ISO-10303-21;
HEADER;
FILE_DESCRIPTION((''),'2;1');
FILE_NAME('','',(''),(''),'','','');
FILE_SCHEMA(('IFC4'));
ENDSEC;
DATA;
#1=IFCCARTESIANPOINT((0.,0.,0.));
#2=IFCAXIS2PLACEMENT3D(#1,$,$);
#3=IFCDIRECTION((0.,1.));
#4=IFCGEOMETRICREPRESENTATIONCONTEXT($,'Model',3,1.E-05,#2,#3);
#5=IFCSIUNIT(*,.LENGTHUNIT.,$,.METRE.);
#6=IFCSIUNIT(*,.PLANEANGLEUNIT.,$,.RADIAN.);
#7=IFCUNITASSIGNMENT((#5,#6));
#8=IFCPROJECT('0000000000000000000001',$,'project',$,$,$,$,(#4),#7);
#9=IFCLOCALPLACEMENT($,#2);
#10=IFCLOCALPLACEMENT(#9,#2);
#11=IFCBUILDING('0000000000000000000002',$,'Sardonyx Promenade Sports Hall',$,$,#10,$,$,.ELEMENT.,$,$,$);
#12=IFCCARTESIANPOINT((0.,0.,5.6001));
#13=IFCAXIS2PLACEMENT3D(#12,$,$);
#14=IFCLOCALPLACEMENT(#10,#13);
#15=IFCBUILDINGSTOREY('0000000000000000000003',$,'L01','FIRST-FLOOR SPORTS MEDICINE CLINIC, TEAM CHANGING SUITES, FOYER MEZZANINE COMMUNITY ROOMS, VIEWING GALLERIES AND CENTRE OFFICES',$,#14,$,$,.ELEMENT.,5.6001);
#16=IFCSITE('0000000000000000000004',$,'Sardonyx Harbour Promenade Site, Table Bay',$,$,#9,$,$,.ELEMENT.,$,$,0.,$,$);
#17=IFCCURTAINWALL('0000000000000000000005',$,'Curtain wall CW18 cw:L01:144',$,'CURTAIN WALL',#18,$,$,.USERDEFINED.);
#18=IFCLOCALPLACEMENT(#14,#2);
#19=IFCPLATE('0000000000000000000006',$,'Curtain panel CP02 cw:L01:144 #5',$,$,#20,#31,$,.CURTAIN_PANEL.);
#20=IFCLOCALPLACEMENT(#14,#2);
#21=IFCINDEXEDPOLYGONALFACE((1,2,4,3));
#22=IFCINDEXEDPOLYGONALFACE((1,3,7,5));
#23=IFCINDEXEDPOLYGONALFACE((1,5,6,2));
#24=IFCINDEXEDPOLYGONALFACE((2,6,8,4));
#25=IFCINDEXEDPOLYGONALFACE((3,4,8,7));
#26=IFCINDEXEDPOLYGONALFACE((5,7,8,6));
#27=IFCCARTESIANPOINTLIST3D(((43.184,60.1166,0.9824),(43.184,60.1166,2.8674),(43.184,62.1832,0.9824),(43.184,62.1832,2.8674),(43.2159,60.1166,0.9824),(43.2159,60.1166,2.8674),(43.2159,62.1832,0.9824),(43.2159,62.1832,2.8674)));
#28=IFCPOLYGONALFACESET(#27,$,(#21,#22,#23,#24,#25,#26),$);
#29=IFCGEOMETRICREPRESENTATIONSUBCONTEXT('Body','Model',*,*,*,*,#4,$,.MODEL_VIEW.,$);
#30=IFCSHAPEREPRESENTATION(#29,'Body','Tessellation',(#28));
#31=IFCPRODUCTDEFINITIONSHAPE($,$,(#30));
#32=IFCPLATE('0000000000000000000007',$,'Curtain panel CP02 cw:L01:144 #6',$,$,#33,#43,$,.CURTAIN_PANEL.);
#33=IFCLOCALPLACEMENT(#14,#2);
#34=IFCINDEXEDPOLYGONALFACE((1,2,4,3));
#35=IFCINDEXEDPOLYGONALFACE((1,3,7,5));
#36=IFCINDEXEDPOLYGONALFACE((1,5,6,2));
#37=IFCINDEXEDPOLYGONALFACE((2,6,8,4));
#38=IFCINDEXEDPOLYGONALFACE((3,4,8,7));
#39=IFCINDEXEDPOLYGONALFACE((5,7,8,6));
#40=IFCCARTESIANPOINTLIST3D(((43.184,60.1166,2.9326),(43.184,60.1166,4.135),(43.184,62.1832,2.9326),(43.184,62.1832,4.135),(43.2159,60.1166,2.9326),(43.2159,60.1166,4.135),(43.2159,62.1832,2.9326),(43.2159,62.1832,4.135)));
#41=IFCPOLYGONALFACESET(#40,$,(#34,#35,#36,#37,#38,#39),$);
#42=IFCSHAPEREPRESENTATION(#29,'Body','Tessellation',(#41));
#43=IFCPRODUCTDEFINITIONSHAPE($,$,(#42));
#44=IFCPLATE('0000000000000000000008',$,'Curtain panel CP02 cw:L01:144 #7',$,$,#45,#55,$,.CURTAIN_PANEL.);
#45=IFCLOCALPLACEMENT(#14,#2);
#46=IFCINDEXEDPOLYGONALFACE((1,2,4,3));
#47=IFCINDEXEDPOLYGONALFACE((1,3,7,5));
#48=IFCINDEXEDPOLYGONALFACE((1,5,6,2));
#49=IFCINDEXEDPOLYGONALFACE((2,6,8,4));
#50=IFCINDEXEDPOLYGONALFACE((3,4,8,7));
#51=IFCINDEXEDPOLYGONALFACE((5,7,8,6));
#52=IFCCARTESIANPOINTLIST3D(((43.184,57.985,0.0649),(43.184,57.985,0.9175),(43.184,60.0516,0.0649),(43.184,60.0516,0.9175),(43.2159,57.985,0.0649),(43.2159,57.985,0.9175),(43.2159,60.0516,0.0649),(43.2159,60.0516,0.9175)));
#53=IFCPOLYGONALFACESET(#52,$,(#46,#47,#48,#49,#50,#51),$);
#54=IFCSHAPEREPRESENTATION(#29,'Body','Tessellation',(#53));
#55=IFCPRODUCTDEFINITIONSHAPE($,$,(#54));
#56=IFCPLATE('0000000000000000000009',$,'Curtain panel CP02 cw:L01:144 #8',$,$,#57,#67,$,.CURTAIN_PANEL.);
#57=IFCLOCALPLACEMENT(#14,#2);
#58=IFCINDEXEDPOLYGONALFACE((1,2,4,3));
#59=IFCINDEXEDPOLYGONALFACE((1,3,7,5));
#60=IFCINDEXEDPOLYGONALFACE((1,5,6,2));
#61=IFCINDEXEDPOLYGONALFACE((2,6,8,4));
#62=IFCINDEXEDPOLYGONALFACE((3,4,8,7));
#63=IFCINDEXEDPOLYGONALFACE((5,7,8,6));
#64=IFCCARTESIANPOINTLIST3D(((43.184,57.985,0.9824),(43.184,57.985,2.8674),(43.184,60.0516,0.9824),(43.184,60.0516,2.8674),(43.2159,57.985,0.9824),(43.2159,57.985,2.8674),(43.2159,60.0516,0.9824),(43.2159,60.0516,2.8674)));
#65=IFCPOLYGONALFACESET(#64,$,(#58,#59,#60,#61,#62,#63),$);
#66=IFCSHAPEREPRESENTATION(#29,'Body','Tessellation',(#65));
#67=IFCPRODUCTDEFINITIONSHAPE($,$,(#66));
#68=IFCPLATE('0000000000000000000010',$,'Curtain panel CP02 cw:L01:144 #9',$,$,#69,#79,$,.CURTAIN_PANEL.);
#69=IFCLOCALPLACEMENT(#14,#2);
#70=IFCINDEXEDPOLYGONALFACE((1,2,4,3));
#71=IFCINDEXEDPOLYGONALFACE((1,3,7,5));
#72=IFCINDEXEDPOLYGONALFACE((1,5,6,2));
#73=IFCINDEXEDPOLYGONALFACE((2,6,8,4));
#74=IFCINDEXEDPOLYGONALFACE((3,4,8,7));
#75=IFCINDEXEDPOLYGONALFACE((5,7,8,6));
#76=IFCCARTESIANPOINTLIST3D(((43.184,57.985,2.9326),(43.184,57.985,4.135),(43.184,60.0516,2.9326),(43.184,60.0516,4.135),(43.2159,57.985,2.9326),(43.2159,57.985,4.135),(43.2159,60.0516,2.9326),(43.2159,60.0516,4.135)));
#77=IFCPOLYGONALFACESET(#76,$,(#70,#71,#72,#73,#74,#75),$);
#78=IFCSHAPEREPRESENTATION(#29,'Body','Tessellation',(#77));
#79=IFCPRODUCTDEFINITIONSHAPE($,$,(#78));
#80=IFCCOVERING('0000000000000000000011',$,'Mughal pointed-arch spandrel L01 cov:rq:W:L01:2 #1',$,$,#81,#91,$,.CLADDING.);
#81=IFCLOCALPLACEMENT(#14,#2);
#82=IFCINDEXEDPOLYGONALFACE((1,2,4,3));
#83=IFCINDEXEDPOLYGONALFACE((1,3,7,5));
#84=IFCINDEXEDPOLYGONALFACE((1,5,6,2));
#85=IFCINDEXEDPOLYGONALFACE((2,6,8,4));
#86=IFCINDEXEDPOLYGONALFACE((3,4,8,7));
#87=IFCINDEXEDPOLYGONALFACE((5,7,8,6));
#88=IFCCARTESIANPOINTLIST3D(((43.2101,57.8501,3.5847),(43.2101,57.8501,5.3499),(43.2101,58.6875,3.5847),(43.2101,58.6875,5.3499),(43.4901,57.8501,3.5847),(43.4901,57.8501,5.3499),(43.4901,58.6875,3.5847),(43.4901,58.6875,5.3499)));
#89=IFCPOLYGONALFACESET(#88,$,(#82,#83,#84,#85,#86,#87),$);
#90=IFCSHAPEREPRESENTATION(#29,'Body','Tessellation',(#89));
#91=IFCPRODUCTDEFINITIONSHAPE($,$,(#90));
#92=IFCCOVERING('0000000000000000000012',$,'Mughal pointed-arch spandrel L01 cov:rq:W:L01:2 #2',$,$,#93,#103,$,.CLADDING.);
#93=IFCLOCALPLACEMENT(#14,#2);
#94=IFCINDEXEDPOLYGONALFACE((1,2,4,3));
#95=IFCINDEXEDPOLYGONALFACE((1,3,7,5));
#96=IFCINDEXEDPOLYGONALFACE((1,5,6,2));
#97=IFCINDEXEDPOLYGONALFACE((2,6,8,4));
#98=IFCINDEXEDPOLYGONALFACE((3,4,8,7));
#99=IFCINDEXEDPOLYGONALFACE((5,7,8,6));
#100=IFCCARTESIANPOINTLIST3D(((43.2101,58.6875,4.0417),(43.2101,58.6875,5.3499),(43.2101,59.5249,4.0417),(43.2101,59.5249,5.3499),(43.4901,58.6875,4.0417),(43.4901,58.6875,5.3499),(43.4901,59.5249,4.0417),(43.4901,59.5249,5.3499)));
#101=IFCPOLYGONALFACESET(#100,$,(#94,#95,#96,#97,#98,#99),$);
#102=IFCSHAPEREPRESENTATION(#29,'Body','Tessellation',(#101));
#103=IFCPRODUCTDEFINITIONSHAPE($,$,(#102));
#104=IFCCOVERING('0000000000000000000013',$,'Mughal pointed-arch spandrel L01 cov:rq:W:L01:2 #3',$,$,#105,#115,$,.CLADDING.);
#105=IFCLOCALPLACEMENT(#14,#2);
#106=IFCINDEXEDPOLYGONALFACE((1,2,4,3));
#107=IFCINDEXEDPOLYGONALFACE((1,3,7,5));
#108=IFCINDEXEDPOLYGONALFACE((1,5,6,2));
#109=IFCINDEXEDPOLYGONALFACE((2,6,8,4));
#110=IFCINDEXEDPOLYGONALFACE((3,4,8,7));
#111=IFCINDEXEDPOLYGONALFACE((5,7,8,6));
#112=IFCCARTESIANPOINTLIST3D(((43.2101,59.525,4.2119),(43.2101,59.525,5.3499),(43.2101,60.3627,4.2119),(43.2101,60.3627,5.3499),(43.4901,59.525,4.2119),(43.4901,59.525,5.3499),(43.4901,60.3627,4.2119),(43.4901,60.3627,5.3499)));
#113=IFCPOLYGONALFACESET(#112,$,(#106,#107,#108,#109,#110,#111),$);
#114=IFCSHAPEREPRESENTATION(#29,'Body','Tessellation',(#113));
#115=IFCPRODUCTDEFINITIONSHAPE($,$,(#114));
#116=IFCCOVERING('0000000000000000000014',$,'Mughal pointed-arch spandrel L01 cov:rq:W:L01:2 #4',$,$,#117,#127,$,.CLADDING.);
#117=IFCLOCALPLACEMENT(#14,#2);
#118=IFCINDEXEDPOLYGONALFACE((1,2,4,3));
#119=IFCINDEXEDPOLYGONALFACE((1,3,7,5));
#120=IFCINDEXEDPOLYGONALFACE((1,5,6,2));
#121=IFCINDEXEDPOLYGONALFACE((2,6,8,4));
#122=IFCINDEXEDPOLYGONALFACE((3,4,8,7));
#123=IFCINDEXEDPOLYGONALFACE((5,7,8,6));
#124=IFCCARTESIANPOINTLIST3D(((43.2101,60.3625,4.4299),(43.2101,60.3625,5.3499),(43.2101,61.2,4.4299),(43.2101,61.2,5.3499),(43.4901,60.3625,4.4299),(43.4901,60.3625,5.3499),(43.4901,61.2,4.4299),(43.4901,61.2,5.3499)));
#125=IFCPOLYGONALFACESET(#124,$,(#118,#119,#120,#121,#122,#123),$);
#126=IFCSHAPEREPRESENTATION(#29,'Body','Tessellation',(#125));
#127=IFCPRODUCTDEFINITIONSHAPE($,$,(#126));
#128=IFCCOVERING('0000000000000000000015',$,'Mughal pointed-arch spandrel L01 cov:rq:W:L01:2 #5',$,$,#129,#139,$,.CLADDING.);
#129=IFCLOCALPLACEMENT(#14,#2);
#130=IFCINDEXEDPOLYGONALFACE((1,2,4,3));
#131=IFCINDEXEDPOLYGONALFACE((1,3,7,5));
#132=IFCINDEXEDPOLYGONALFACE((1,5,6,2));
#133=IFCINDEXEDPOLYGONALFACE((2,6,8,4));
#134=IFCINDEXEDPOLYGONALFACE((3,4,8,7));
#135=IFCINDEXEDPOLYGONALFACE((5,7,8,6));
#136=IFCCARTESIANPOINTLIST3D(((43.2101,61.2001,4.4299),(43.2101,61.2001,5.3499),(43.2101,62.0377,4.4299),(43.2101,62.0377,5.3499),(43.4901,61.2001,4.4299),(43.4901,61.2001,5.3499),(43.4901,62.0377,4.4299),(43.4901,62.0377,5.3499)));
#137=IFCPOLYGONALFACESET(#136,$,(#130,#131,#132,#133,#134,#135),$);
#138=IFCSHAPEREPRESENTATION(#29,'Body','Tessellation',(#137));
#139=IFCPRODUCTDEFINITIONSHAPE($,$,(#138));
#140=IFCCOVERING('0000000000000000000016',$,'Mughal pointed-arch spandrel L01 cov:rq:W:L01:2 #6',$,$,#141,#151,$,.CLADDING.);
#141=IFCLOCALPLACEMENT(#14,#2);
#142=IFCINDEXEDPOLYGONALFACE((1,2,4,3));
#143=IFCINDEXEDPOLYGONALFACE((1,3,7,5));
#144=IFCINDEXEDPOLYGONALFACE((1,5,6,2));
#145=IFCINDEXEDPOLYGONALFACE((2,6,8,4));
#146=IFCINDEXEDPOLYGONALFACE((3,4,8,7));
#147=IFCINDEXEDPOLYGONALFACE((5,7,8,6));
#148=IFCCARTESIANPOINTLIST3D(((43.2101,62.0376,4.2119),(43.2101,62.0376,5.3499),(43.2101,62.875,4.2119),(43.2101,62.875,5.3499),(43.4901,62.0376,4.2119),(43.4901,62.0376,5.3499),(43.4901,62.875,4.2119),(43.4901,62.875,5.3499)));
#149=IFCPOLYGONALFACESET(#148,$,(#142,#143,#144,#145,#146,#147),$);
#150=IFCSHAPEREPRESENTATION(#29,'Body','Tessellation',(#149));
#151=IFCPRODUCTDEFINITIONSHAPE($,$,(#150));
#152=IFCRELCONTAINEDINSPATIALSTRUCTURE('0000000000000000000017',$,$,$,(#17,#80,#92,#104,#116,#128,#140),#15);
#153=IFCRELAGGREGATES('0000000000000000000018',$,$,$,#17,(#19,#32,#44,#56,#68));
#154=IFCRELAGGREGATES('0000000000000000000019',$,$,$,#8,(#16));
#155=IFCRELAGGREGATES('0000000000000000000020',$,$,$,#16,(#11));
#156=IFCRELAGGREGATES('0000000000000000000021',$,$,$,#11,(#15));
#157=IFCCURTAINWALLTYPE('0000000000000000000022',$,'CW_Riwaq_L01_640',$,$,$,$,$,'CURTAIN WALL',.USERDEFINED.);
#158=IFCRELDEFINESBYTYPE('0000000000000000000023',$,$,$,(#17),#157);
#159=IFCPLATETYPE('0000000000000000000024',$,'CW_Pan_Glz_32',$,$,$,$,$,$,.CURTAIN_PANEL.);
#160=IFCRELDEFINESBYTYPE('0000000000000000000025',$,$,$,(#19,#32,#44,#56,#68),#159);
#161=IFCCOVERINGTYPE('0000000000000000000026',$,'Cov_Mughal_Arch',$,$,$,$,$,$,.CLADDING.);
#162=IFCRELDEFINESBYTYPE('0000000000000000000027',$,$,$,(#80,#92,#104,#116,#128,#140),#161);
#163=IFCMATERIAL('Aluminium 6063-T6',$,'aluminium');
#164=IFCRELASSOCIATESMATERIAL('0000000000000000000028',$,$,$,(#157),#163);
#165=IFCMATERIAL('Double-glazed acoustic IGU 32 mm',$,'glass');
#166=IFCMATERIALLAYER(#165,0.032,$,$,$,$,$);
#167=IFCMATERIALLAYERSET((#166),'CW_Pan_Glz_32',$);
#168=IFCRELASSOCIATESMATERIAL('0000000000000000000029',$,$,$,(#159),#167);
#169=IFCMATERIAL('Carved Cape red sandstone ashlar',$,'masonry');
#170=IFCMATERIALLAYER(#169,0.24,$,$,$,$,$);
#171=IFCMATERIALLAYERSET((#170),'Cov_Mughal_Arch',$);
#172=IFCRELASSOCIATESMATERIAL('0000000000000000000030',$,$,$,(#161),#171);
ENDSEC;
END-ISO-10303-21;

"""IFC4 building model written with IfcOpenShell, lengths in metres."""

from ifc_helpers import new_model, si_unit, direction, frame, frame_2d, origin, origin_2d, place, context, subcontext, project, spatial, rectangle, extrude, material, layer, layer_set, type_object, element, aggregate, save


model = new_model("IFC4")

# Units and contexts
model_context = context("Model", 3, precision=1e-05, world=origin(), true_north=direction((0.0, 1.0)))
body_context = subcontext(model_context, "Body", "Model", "MODEL_VIEW")
ifc_project = project(units=[si_unit("LENGTHUNIT", "METRE"), si_unit("PLANEANGLEUNIT", "RADIAN")], contexts=[model_context])

# Site, building, storey
site_placement = place(None, origin())
site = spatial("IfcSite", under=ifc_project, at=site_placement, Name="Sardonyx Harbour Promenade Site, Table Bay", CompositionType="ELEMENT", RefElevation=0.0)
building_placement = place(site_placement, origin())
building = spatial("IfcBuilding", under=site, at=building_placement, Name="Sardonyx Promenade Sports Hall", CompositionType="ELEMENT")
storey_placement = place(building_placement, frame((0.0, 0.0, 5.6001)))
storey = spatial("IfcBuildingStorey", under=building, at=storey_placement, Name="L01", Description="FIRST-FLOOR SPORTS MEDICINE CLINIC, TEAM CHANGING SUITES, FOYER MEZZANINE COMMUNITY ROOMS, VIEWING GALLERIES AND CENTRE OFFICES", CompositionType="ELEMENT", Elevation=5.6001)

# Shared definitions
ifc_material_1 = material(Name="Aluminium 6063-T6", Category="aluminium")
curtain_wall_type = type_object("IfcCurtainWallType", Name="CW_Riwaq_L01_640", ElementType="CURTAIN WALL", PredefinedType="USERDEFINED", material=ifc_material_1)

# Curtain wall
curtain_wall_1_placement = place(storey_placement, origin())
curtain_wall_1 = element("IfcCurtainWall", 1, at=curtain_wall_1_placement, inside=storey, type_object=curtain_wall_type, Name="Curtain wall CW18 cw:L01:144", ObjectType="CURTAIN WALL", PredefinedType="USERDEFINED")

# Plates
ifc_material_2 = material(Name="Double-glazed acoustic IGU 32 mm", Category="glass")
ifc_layer_1 = layer(ifc_material_2, 0.032)
ifc_layer_set_1 = layer_set([ifc_layer_1], Name="CW_Pan_Glz_32")
plate_type = type_object("IfcPlateType", Name="CW_Pan_Glz_32", PredefinedType="CURTAIN_PANEL", material=ifc_layer_set_1)
plate_1_placement = place(storey_placement, frame((43.2, 61.1499, 0.9824), z_axis=(0.0, 0.0, 1.0), x_axis=(0.0, -1.0, 0.0)))
plate_1 = element("IfcPlate", 2, at=plate_1_placement, type_object=plate_type, Name="Curtain panel CP02 cw:L01:144 #5", PredefinedType="CURTAIN_PANEL", context=body_context, shape_type="SweptSolid", body=[
    extrude(rectangle(XDim=2.0667, YDim=0.032, at=origin_2d()), origin(), (0.0, 0.0, 1.0), 1.885),
])
plate_2_placement = place(storey_placement, frame((43.2, 61.1499, 2.9326), z_axis=(0.0, 0.0, 1.0), x_axis=(0.0, -1.0, 0.0)))
plate_2 = element("IfcPlate", 3, at=plate_2_placement, type_object=plate_type, Name="Curtain panel CP02 cw:L01:144 #6", PredefinedType="CURTAIN_PANEL", context=body_context, shape_type="SweptSolid", body=[
    extrude(rectangle(XDim=2.0667, YDim=0.032, at=origin_2d()), origin(), (0.0, 0.0, 1.0), 1.2024),
])
plate_3_placement = place(storey_placement, frame((43.2, 59.0183, 0.0649), z_axis=(0.0, 0.0, 1.0), x_axis=(0.0, -1.0, 0.0)))
plate_3 = element("IfcPlate", 4, at=plate_3_placement, type_object=plate_type, Name="Curtain panel CP02 cw:L01:144 #7", PredefinedType="CURTAIN_PANEL", context=body_context, shape_type="SweptSolid", body=[
    extrude(rectangle(XDim=2.0667, YDim=0.032, at=origin_2d()), origin(), (0.0, 0.0, 1.0), 0.8525),
])
plate_4_placement = place(storey_placement, frame((43.2, 59.0183, 0.9824), z_axis=(0.0, 0.0, 1.0), x_axis=(0.0, -1.0, 0.0)))
plate_4 = element("IfcPlate", 5, at=plate_4_placement, type_object=plate_type, Name="Curtain panel CP02 cw:L01:144 #8", PredefinedType="CURTAIN_PANEL", context=body_context, shape_type="SweptSolid", body=[
    extrude(rectangle(XDim=2.0667, YDim=0.032, at=origin_2d()), origin(), (0.0, 0.0, 1.0), 1.885),
])
plate_5_placement = place(storey_placement, frame((43.2, 59.0183, 2.9326), z_axis=(0.0, 0.0, 1.0), x_axis=(0.0, -1.0, 0.0)))
plate_5 = element("IfcPlate", 6, at=plate_5_placement, type_object=plate_type, Name="Curtain panel CP02 cw:L01:144 #9", PredefinedType="CURTAIN_PANEL", context=body_context, shape_type="SweptSolid", body=[
    extrude(rectangle(XDim=2.0667, YDim=0.032, at=origin_2d()), origin(), (0.0, 0.0, 1.0), 1.2024),
])
aggregate(curtain_wall_1, [plate_1, plate_2, plate_3, plate_4, plate_5])

# Coverings
ifc_material_3 = material(Name="Carved Cape red sandstone ashlar", Category="masonry")
ifc_layer_2 = layer(ifc_material_3, 0.24)
ifc_layer_set_2 = layer_set([ifc_layer_2], Name="Cov_Mughal_Arch")
covering_type = type_object("IfcCoveringType", Name="Cov_Mughal_Arch", PredefinedType="CLADDING", material=ifc_layer_set_2)
covering_1_placement = place(storey_placement, frame((43.3501, 57.8501, 3.5847), z_axis=(0.0, 0.0, 1.0), x_axis=(0.0, 1.0, 0.0)))
element("IfcCovering", 7, at=covering_1_placement, inside=storey, type_object=covering_type, Name="Mughal pointed-arch spandrel L01 cov:rq:W:L01:2 #1", PredefinedType="CLADDING", context=body_context, shape_type="SweptSolid", body=[
    extrude(rectangle(XDim=0.8374, YDim=0.28, at=frame_2d((0.4187, 0.0))), origin(), (0.0, 0.0, 1.0), 1.7651),
])
covering_2_placement = place(storey_placement, frame((43.3501, 58.6875, 4.0417), z_axis=(0.0, 0.0, 1.0), x_axis=(0.0, 1.0, 0.0)))
element("IfcCovering", 8, at=covering_2_placement, inside=storey, type_object=covering_type, Name="Mughal pointed-arch spandrel L01 cov:rq:W:L01:2 #2", PredefinedType="CLADDING", context=body_context, shape_type="SweptSolid", body=[
    extrude(rectangle(XDim=0.8374, YDim=0.28, at=frame_2d((0.4187, 0.0))), origin(), (0.0, 0.0, 1.0), 1.3081),
])
covering_3_placement = place(storey_placement, frame((43.3501, 59.5249, 4.2119), z_axis=(0.0, 0.0, 1.0), x_axis=(0.0, 1.0, 0.0)))
element("IfcCovering", 9, at=covering_3_placement, inside=storey, type_object=covering_type, Name="Mughal pointed-arch spandrel L01 cov:rq:W:L01:2 #3", PredefinedType="CLADDING", context=body_context, shape_type="SweptSolid", body=[
    extrude(rectangle(XDim=0.8376, YDim=0.28, at=frame_2d((0.4189, 0.0))), origin(), (0.0, 0.0, 1.0), 1.1379),
])
covering_4_placement = place(storey_placement, frame((43.3501, 60.3625, 4.4299), z_axis=(0.0, 0.0, 1.0), x_axis=(0.0, 1.0, 0.0)))
element("IfcCovering", 10, at=covering_4_placement, inside=storey, type_object=covering_type, Name="Mughal pointed-arch spandrel L01 cov:rq:W:L01:2 #4", PredefinedType="CLADDING", context=body_context, shape_type="SweptSolid", body=[
    extrude(rectangle(XDim=0.8374, YDim=0.28, at=frame_2d((0.4187, 0.0))), origin(), (0.0, 0.0, 1.0), 0.9199),
])
covering_5_placement = place(storey_placement, frame((43.3501, 61.2, 4.4299), z_axis=(0.0, 0.0, 1.0), x_axis=(0.0, 1.0, 0.0)))
element("IfcCovering", 11, at=covering_5_placement, inside=storey, type_object=covering_type, Name="Mughal pointed-arch spandrel L01 cov:rq:W:L01:2 #5", PredefinedType="CLADDING", context=body_context, shape_type="SweptSolid", body=[
    extrude(rectangle(XDim=0.8376, YDim=0.28, at=frame_2d((0.4189, 0.0))), origin(), (0.0, 0.0, 1.0), 0.9199),
])
covering_6_placement = place(storey_placement, frame((43.3501, 62.0376, 4.2119), z_axis=(0.0, 0.0, 1.0), x_axis=(0.0, 1.0, 0.0)))
element("IfcCovering", 12, at=covering_6_placement, inside=storey, type_object=covering_type, Name="Mughal pointed-arch spandrel L01 cov:rq:W:L01:2 #6", PredefinedType="CLADDING", context=body_context, shape_type="SweptSolid", body=[
    extrude(rectangle(XDim=0.8374, YDim=0.28, at=frame_2d((0.4187, 0.0))), origin(), (0.0, 0.0, 1.0), 1.1379),
])

save(model, "model.ifc")
